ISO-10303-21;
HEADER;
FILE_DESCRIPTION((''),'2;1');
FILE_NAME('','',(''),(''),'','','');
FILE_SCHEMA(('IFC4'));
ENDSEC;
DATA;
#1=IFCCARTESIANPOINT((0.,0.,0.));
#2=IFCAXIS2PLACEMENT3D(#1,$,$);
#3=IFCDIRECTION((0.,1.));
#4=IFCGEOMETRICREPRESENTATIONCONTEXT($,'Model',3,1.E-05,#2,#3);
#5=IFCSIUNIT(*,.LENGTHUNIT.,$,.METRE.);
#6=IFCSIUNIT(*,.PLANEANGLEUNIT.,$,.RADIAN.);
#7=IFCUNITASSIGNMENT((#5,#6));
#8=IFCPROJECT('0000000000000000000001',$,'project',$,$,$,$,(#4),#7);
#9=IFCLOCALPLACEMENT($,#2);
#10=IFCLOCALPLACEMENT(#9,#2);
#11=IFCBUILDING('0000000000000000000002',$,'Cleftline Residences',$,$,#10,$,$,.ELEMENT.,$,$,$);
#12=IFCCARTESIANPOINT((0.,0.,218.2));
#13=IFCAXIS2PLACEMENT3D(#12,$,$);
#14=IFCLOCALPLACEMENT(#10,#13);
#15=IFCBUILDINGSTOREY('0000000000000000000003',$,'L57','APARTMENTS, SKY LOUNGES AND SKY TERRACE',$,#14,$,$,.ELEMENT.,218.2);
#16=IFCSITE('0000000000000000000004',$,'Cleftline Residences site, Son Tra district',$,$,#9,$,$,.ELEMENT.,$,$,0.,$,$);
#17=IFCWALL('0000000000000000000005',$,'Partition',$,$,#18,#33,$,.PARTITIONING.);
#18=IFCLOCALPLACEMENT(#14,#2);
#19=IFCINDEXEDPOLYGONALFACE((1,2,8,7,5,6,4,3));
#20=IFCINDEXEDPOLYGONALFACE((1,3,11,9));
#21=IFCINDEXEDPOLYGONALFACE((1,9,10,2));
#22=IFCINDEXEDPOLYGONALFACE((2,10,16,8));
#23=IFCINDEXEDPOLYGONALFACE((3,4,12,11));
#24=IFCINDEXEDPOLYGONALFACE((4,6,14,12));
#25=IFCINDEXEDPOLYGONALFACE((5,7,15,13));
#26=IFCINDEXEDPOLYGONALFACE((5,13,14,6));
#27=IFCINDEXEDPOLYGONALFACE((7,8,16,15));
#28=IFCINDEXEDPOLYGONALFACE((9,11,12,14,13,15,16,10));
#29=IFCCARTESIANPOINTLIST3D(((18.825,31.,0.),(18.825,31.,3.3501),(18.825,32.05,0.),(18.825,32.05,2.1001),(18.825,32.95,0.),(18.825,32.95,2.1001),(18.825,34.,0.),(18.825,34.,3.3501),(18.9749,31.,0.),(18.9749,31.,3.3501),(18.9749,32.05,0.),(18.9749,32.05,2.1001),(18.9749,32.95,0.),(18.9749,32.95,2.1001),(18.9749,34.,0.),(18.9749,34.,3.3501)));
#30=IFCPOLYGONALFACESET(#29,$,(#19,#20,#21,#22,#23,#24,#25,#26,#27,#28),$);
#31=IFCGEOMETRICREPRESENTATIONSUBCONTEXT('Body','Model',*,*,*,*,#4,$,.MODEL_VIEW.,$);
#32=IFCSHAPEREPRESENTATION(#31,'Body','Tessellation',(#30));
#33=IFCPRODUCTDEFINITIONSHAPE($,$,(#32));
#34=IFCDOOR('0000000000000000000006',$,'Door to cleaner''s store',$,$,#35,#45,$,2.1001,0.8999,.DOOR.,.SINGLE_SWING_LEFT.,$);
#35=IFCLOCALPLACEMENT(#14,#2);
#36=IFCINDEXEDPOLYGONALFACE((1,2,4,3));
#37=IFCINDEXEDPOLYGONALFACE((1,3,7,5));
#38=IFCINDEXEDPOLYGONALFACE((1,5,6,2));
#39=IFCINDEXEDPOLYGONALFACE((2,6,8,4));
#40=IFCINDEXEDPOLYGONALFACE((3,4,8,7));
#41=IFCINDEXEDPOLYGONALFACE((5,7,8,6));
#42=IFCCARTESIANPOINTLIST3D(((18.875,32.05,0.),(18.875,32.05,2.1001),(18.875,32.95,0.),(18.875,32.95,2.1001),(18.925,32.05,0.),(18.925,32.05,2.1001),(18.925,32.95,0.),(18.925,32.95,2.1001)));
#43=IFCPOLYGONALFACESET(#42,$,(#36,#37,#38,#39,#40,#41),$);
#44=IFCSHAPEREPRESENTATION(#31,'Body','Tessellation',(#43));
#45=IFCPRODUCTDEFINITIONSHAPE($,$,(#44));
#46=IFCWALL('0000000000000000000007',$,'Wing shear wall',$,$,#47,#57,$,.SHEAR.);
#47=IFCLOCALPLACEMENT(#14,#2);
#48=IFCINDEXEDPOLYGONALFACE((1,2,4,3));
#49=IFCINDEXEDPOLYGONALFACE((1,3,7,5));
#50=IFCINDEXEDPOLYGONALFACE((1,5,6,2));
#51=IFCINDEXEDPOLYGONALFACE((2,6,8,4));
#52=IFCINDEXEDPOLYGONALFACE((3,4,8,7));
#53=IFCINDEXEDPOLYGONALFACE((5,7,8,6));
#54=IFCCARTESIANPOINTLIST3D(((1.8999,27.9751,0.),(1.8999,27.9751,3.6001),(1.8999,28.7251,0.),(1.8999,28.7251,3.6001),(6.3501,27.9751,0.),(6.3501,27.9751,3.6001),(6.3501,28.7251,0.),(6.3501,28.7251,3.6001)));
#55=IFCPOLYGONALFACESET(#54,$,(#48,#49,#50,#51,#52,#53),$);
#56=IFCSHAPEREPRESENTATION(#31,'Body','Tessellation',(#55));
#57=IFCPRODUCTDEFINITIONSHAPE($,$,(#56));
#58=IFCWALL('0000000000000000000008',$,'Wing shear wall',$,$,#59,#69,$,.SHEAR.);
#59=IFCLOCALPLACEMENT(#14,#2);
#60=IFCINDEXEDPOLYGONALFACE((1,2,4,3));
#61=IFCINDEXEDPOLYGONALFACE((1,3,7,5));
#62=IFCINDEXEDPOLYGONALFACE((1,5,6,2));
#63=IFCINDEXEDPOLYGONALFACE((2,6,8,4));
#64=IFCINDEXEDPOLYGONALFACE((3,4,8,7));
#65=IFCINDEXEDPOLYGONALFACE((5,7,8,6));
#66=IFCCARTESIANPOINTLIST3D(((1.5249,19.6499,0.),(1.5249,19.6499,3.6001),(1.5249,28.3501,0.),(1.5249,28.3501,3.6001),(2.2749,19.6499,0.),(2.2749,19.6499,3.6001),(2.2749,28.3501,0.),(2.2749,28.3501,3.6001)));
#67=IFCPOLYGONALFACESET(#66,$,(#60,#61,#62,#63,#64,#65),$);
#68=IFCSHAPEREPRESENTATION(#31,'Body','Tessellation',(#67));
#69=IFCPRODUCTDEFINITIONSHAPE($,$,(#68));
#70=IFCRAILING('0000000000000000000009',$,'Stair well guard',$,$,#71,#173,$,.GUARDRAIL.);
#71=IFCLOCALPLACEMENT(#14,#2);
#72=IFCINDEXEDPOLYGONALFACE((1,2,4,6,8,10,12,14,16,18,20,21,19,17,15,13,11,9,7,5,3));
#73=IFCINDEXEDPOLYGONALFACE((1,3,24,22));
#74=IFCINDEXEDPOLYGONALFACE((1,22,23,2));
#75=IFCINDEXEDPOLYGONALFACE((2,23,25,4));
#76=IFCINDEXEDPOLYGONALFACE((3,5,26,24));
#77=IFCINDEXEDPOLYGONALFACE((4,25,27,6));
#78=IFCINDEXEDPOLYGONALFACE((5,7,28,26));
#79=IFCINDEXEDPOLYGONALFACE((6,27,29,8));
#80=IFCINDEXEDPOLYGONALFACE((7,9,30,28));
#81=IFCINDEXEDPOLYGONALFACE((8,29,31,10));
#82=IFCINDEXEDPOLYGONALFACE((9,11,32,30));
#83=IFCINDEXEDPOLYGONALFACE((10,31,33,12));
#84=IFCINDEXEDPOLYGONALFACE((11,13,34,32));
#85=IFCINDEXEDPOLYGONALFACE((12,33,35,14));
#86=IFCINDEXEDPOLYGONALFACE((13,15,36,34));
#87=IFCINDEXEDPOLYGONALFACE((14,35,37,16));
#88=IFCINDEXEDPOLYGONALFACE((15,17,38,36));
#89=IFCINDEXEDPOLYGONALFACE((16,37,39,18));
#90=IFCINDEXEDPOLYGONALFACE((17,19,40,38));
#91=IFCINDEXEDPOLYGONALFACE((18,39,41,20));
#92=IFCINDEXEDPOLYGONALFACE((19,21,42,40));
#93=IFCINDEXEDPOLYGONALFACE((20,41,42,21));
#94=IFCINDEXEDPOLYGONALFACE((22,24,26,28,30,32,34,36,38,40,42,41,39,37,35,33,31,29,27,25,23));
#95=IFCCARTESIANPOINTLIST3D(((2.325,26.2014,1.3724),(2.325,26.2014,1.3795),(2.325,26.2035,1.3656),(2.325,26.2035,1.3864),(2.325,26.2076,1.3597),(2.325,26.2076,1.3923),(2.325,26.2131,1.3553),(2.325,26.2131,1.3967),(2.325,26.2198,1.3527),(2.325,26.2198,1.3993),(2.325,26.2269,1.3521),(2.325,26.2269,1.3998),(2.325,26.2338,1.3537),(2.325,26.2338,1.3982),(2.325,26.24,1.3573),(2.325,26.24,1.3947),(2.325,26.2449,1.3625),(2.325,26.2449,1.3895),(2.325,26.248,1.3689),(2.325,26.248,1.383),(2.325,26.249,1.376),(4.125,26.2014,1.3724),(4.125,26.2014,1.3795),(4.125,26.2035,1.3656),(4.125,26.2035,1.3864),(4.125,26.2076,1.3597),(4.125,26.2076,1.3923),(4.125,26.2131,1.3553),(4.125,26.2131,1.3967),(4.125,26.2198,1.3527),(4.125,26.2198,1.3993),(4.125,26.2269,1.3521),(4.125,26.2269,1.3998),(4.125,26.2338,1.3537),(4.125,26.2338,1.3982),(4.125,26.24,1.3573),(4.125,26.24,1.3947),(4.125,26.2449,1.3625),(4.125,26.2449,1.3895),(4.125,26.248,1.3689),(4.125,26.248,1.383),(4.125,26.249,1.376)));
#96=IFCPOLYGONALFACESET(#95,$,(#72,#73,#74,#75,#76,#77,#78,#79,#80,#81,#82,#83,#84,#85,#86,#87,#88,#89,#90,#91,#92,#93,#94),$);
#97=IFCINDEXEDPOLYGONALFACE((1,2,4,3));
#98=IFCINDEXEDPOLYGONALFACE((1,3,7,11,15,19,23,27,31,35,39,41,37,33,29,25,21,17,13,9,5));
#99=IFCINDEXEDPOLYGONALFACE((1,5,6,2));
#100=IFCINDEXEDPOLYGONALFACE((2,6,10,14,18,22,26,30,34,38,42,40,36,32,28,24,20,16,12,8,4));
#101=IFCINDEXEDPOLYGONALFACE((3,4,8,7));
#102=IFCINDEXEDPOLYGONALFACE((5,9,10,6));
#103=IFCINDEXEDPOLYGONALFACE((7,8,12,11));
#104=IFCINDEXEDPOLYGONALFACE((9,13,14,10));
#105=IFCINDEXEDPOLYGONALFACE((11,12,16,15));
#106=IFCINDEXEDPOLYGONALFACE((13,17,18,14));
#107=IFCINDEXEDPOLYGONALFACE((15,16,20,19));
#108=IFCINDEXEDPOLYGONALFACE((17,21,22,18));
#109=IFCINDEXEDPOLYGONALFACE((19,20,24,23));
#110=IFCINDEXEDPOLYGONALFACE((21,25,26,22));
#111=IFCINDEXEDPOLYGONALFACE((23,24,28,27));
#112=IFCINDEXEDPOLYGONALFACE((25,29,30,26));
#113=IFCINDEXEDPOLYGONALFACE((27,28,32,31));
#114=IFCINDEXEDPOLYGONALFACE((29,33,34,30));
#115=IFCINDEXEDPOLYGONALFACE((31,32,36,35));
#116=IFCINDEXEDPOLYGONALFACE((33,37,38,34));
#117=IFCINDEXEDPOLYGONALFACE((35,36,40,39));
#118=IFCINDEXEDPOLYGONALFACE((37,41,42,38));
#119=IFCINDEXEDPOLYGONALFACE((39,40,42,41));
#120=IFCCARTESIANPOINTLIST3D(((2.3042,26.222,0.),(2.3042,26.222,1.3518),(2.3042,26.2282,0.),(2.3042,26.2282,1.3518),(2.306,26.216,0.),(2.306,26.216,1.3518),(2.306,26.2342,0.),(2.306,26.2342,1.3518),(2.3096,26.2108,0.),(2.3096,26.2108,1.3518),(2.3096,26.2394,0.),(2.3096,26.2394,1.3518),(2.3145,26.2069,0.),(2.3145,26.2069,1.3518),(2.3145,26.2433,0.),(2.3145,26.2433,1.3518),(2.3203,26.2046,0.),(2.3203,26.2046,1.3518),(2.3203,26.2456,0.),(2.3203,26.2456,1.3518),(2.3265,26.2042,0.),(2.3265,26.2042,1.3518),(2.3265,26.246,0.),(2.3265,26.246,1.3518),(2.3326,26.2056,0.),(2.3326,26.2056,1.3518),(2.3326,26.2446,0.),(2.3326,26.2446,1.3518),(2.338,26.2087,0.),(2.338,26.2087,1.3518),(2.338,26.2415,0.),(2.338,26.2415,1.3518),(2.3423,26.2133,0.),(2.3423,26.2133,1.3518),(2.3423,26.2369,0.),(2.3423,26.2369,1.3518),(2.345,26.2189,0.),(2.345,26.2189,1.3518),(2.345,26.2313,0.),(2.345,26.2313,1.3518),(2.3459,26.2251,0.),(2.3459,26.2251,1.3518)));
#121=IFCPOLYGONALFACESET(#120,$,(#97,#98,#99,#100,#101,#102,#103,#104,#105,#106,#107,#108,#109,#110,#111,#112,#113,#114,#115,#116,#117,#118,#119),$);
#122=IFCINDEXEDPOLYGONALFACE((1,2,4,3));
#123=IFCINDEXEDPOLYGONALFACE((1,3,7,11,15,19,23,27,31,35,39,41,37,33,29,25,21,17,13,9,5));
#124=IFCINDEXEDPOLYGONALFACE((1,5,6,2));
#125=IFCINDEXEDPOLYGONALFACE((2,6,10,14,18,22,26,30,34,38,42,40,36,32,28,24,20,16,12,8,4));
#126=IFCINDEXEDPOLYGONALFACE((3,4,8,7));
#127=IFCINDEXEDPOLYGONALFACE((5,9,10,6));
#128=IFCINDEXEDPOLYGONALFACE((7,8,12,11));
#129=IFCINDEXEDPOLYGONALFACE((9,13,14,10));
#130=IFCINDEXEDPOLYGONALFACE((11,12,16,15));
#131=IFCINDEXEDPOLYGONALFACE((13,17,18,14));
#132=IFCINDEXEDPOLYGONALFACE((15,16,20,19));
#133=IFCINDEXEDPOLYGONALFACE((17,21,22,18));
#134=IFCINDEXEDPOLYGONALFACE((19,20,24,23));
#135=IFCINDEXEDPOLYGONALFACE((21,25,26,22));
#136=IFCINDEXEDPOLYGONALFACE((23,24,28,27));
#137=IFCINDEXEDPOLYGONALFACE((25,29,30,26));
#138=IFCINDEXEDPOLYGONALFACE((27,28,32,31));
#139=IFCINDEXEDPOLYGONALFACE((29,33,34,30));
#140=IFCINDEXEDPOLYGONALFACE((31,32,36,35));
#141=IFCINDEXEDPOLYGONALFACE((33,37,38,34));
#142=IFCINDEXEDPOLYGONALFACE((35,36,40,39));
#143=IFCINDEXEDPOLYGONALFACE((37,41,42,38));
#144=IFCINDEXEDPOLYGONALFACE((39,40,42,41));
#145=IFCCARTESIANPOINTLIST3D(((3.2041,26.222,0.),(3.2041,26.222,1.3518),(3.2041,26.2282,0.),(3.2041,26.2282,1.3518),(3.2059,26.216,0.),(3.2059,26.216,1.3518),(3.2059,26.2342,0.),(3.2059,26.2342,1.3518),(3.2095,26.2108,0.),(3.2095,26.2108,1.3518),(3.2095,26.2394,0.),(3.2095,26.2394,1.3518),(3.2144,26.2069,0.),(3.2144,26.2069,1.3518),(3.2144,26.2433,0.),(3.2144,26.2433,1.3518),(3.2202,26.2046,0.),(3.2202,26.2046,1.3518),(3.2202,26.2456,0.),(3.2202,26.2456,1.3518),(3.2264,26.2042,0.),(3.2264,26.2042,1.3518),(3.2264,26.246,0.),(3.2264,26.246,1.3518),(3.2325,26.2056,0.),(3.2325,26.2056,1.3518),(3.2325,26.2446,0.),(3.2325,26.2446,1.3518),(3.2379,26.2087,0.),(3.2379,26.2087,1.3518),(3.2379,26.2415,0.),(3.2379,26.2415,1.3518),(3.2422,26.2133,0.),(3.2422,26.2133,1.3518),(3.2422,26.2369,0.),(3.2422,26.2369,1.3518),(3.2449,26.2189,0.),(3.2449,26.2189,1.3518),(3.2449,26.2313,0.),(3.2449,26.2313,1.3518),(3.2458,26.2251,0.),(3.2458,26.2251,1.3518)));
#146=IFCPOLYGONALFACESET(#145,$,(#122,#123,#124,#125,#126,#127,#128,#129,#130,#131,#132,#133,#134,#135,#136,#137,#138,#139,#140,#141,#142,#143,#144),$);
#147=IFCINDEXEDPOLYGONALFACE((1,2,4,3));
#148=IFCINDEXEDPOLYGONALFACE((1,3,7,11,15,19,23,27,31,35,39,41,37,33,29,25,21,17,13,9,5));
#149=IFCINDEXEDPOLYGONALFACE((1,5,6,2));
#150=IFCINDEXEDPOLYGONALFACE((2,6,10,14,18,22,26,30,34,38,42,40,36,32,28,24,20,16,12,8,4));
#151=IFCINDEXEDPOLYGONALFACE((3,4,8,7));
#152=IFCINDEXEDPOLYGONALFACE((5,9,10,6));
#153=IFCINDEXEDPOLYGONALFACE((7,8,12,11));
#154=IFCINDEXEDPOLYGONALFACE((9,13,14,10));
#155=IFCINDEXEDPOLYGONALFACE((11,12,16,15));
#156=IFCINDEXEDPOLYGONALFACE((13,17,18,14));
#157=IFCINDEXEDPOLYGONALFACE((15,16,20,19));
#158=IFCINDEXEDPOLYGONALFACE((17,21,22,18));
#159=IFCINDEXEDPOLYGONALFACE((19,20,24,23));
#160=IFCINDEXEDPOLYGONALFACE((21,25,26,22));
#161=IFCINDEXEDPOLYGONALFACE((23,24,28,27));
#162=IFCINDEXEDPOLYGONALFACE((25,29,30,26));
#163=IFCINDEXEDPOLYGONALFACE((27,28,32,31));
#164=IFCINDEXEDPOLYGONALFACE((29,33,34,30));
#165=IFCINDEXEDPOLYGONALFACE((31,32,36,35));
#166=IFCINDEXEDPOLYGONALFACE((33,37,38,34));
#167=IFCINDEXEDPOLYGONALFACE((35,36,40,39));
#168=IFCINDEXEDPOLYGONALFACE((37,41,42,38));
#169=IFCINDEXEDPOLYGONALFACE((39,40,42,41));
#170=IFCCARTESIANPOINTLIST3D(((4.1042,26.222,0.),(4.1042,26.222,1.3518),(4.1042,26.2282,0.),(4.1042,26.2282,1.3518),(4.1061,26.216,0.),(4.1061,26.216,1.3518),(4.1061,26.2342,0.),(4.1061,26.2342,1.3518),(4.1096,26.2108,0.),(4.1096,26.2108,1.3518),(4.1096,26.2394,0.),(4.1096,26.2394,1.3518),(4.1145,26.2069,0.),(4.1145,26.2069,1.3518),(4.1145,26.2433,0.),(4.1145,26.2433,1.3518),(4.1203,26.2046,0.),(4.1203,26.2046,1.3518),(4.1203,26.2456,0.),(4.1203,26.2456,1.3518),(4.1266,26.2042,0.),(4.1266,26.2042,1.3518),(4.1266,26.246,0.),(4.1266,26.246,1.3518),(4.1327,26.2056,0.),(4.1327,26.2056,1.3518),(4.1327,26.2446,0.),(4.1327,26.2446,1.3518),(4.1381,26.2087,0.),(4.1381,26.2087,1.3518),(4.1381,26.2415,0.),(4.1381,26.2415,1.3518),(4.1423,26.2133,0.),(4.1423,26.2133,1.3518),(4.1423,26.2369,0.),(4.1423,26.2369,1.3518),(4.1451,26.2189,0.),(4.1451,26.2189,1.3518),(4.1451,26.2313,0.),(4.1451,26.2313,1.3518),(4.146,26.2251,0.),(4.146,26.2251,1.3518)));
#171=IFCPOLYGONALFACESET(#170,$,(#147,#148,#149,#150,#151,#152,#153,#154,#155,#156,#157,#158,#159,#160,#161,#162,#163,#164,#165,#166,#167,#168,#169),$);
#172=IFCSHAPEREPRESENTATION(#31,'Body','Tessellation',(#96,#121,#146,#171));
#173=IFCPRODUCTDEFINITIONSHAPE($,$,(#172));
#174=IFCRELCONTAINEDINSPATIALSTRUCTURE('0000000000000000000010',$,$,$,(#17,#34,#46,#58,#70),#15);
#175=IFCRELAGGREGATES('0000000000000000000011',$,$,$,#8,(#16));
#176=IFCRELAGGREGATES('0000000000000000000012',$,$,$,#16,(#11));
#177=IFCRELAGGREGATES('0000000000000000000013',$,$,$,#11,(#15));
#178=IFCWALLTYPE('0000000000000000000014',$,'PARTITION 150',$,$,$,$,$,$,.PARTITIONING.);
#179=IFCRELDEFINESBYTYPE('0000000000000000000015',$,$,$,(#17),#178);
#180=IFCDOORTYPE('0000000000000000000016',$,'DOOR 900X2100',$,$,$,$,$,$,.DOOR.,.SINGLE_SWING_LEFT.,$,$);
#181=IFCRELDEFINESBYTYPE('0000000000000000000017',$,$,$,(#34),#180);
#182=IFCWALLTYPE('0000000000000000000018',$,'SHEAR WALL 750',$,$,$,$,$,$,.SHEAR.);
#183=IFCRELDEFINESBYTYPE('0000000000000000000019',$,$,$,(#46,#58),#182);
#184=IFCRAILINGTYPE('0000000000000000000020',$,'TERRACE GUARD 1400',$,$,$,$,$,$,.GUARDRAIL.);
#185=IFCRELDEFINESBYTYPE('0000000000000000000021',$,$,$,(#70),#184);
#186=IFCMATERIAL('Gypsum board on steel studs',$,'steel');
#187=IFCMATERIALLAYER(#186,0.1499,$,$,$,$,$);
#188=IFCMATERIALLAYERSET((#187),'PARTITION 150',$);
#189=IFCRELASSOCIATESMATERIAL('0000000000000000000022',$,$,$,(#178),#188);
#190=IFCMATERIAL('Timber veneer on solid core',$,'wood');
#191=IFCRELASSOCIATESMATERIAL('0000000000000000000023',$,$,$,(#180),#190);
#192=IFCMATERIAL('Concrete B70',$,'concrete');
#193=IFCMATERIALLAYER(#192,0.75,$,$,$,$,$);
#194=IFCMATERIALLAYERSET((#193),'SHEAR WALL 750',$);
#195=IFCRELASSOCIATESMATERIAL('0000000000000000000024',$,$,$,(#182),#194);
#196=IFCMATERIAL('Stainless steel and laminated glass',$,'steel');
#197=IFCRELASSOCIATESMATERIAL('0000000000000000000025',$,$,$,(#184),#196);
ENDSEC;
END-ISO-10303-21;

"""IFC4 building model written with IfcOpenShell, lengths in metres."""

from ifc_helpers import new_model, si_unit, direction, frame, frame_2d, origin, origin_2d, place, context, subcontext, project, spatial, rectangle, circle, extrude, material, layer, layer_set, type_object, element, fill, save


model = new_model("IFC4")

# Units and contexts
model_context = context("Model", 3, precision=1e-05, world=origin(), true_north=direction((0.0, 1.0)))
body_context = subcontext(model_context, "Body", "Model", "MODEL_VIEW")
ifc_project = project(units=[si_unit("LENGTHUNIT", "METRE"), si_unit("PLANEANGLEUNIT", "RADIAN")], contexts=[model_context])

# Site, building, storey
site_placement = place(None, origin())
site = spatial("IfcSite", under=ifc_project, at=site_placement, Name="Cleftline Residences site, Son Tra district", CompositionType="ELEMENT", RefElevation=0.0)
building_placement = place(site_placement, origin())
building = spatial("IfcBuilding", under=site, at=building_placement, Name="Cleftline Residences", CompositionType="ELEMENT")
storey_placement = place(building_placement, frame((0.0, 0.0, 218.2)))
storey = spatial("IfcBuildingStorey", under=building, at=storey_placement, Name="L57", Description="APARTMENTS, SKY LOUNGES AND SKY TERRACE", CompositionType="ELEMENT", Elevation=218.2)

# Shared definitions
ifc_material_1 = material(Name="Gypsum board on steel studs", Category="steel")
ifc_layer_1 = layer(ifc_material_1, 0.1499)
ifc_layer_set_1 = layer_set([ifc_layer_1], Name="PARTITION 150")
wall_type_1 = type_object("IfcWallType", Name="PARTITION 150", PredefinedType="PARTITIONING", material=ifc_layer_set_1)

# Wall, opening, door
wall_1_placement = place(storey_placement, frame((18.8999, 31.0, 0.0), z_axis=(0.0, 0.0, 1.0), x_axis=(0.0, 1.0, 0.0)))
wall_1 = element("IfcWall", 1, at=wall_1_placement, inside=storey, type_object=wall_type_1, Name="Partition", PredefinedType="PARTITIONING", context=body_context, shape_type="SweptSolid", body=[
    extrude(rectangle(XDim=3.0, YDim=0.1499, at=frame_2d((1.5, 0.0))), origin(), (0.0, 0.0, 1.0), 3.3501),
])
opening_1_placement = place(wall_1_placement, frame((1.05, 0.0, 0.0)))
opening_1 = element("IfcOpeningElement", 2, at=opening_1_placement, cuts=wall_1, PredefinedType="OPENING", context=body_context, shape_type="SweptSolid", body=[
    extrude(rectangle(XDim=0.8999, YDim=2.1001, at=frame_2d((0.45, 1.05))), frame((0.0, 0.085, 0.0), z_axis=(0.0, -1.0, 0.0), x_axis=(1.0, 0.0, 0.0)), (0.0, 0.0, 1.0), 0.1699),
])
ifc_material_2 = material(Name="Timber veneer on solid core", Category="wood")
door_type_1 = type_object("IfcDoorType", Name="DOOR 900X2100", OperationType="SINGLE_SWING_LEFT", PredefinedType="DOOR", material=ifc_material_2)
door_1_placement = place(opening_1_placement, origin())
door_1 = element("IfcDoor", 3, at=door_1_placement, inside=storey, type_object=door_type_1, Name="Door to cleaner's store", OperationType="SINGLE_SWING_LEFT", OverallHeight=2.1001, OverallWidth=0.8999, PredefinedType="DOOR", context=body_context, shape_type="SweptSolid", body=[
    extrude(rectangle(XDim=0.8999, YDim=2.1001, at=frame_2d((0.45, 1.05))), frame((0.0, 0.0249, 0.0), z_axis=(0.0, -1.0, 0.0), x_axis=(1.0, 0.0, 0.0)), (0.0, 0.0, 1.0), 0.05),
])
fill(opening_1, door_1)

# Walls
ifc_material_3 = material(Name="Concrete B70", Category="concrete")
ifc_layer_2 = layer(ifc_material_3, 0.75)
ifc_layer_set_2 = layer_set([ifc_layer_2], Name="SHEAR WALL 750")
wall_type_2 = type_object("IfcWallType", Name="SHEAR WALL 750", PredefinedType="SHEAR", material=ifc_layer_set_2)
wall_2_placement = place(storey_placement, frame((6.3501, 28.3501, 0.0), z_axis=(0.0, 0.0, 1.0), x_axis=(-1.0, 0.0, 0.0)))
element("IfcWall", 4, at=wall_2_placement, inside=storey, type_object=wall_type_2, Name="Wing shear wall", PredefinedType="SHEAR", context=body_context, shape_type="SweptSolid", body=[
    extrude(rectangle(XDim=4.4502, YDim=0.75, at=frame_2d((2.2251, 0.0))), origin(), (0.0, 0.0, 1.0), 3.6001),
])
wall_3_placement = place(storey_placement, frame((1.8999, 28.3501, 0.0), z_axis=(0.0, 0.0, 1.0), x_axis=(0.0, -1.0, 0.0)))
element("IfcWall", 5, at=wall_3_placement, inside=storey, type_object=wall_type_2, Name="Wing shear wall", PredefinedType="SHEAR", context=body_context, shape_type="SweptSolid", body=[
    extrude(rectangle(XDim=8.7002, YDim=0.75, at=frame_2d((4.3501, 0.0))), origin(), (0.0, 0.0, 1.0), 3.6001),
])

# Railing
ifc_material_4 = material(Name="Stainless steel and laminated glass", Category="steel")
railing_type = type_object("IfcRailingType", Name="TERRACE GUARD 1400", PredefinedType="GUARDRAIL", material=ifc_material_4)
railing_placement = place(storey_placement, frame((2.325, 26.2251, 0.0)))
element("IfcRailing", 6, at=railing_placement, inside=storey, type_object=railing_type, Name="Stair well guard", PredefinedType="GUARDRAIL", context=body_context, shape_type="SweptSolid", body=[
    extrude(circle(Radius=0.0239, at=origin_2d()), frame((0.0, 0.0, 1.376), z_axis=(1.0, 0.0, 0.0), x_axis=(0.0, 1.0, 0.0)), (0.0, 0.0, 1.0), 1.8),
    extrude(circle(Radius=0.021, at=origin_2d()), origin(), (0.0, 0.0, 1.0), 1.3518),
    extrude(circle(Radius=0.021, at=origin_2d()), frame((0.8999, 0.0, 0.0)), (0.0, 0.0, 1.0), 1.3518),
    extrude(circle(Radius=0.021, at=origin_2d()), frame((1.8, 0.0, 0.0)), (0.0, 0.0, 1.0), 1.3518),
])

save(model, "model.ifc")
